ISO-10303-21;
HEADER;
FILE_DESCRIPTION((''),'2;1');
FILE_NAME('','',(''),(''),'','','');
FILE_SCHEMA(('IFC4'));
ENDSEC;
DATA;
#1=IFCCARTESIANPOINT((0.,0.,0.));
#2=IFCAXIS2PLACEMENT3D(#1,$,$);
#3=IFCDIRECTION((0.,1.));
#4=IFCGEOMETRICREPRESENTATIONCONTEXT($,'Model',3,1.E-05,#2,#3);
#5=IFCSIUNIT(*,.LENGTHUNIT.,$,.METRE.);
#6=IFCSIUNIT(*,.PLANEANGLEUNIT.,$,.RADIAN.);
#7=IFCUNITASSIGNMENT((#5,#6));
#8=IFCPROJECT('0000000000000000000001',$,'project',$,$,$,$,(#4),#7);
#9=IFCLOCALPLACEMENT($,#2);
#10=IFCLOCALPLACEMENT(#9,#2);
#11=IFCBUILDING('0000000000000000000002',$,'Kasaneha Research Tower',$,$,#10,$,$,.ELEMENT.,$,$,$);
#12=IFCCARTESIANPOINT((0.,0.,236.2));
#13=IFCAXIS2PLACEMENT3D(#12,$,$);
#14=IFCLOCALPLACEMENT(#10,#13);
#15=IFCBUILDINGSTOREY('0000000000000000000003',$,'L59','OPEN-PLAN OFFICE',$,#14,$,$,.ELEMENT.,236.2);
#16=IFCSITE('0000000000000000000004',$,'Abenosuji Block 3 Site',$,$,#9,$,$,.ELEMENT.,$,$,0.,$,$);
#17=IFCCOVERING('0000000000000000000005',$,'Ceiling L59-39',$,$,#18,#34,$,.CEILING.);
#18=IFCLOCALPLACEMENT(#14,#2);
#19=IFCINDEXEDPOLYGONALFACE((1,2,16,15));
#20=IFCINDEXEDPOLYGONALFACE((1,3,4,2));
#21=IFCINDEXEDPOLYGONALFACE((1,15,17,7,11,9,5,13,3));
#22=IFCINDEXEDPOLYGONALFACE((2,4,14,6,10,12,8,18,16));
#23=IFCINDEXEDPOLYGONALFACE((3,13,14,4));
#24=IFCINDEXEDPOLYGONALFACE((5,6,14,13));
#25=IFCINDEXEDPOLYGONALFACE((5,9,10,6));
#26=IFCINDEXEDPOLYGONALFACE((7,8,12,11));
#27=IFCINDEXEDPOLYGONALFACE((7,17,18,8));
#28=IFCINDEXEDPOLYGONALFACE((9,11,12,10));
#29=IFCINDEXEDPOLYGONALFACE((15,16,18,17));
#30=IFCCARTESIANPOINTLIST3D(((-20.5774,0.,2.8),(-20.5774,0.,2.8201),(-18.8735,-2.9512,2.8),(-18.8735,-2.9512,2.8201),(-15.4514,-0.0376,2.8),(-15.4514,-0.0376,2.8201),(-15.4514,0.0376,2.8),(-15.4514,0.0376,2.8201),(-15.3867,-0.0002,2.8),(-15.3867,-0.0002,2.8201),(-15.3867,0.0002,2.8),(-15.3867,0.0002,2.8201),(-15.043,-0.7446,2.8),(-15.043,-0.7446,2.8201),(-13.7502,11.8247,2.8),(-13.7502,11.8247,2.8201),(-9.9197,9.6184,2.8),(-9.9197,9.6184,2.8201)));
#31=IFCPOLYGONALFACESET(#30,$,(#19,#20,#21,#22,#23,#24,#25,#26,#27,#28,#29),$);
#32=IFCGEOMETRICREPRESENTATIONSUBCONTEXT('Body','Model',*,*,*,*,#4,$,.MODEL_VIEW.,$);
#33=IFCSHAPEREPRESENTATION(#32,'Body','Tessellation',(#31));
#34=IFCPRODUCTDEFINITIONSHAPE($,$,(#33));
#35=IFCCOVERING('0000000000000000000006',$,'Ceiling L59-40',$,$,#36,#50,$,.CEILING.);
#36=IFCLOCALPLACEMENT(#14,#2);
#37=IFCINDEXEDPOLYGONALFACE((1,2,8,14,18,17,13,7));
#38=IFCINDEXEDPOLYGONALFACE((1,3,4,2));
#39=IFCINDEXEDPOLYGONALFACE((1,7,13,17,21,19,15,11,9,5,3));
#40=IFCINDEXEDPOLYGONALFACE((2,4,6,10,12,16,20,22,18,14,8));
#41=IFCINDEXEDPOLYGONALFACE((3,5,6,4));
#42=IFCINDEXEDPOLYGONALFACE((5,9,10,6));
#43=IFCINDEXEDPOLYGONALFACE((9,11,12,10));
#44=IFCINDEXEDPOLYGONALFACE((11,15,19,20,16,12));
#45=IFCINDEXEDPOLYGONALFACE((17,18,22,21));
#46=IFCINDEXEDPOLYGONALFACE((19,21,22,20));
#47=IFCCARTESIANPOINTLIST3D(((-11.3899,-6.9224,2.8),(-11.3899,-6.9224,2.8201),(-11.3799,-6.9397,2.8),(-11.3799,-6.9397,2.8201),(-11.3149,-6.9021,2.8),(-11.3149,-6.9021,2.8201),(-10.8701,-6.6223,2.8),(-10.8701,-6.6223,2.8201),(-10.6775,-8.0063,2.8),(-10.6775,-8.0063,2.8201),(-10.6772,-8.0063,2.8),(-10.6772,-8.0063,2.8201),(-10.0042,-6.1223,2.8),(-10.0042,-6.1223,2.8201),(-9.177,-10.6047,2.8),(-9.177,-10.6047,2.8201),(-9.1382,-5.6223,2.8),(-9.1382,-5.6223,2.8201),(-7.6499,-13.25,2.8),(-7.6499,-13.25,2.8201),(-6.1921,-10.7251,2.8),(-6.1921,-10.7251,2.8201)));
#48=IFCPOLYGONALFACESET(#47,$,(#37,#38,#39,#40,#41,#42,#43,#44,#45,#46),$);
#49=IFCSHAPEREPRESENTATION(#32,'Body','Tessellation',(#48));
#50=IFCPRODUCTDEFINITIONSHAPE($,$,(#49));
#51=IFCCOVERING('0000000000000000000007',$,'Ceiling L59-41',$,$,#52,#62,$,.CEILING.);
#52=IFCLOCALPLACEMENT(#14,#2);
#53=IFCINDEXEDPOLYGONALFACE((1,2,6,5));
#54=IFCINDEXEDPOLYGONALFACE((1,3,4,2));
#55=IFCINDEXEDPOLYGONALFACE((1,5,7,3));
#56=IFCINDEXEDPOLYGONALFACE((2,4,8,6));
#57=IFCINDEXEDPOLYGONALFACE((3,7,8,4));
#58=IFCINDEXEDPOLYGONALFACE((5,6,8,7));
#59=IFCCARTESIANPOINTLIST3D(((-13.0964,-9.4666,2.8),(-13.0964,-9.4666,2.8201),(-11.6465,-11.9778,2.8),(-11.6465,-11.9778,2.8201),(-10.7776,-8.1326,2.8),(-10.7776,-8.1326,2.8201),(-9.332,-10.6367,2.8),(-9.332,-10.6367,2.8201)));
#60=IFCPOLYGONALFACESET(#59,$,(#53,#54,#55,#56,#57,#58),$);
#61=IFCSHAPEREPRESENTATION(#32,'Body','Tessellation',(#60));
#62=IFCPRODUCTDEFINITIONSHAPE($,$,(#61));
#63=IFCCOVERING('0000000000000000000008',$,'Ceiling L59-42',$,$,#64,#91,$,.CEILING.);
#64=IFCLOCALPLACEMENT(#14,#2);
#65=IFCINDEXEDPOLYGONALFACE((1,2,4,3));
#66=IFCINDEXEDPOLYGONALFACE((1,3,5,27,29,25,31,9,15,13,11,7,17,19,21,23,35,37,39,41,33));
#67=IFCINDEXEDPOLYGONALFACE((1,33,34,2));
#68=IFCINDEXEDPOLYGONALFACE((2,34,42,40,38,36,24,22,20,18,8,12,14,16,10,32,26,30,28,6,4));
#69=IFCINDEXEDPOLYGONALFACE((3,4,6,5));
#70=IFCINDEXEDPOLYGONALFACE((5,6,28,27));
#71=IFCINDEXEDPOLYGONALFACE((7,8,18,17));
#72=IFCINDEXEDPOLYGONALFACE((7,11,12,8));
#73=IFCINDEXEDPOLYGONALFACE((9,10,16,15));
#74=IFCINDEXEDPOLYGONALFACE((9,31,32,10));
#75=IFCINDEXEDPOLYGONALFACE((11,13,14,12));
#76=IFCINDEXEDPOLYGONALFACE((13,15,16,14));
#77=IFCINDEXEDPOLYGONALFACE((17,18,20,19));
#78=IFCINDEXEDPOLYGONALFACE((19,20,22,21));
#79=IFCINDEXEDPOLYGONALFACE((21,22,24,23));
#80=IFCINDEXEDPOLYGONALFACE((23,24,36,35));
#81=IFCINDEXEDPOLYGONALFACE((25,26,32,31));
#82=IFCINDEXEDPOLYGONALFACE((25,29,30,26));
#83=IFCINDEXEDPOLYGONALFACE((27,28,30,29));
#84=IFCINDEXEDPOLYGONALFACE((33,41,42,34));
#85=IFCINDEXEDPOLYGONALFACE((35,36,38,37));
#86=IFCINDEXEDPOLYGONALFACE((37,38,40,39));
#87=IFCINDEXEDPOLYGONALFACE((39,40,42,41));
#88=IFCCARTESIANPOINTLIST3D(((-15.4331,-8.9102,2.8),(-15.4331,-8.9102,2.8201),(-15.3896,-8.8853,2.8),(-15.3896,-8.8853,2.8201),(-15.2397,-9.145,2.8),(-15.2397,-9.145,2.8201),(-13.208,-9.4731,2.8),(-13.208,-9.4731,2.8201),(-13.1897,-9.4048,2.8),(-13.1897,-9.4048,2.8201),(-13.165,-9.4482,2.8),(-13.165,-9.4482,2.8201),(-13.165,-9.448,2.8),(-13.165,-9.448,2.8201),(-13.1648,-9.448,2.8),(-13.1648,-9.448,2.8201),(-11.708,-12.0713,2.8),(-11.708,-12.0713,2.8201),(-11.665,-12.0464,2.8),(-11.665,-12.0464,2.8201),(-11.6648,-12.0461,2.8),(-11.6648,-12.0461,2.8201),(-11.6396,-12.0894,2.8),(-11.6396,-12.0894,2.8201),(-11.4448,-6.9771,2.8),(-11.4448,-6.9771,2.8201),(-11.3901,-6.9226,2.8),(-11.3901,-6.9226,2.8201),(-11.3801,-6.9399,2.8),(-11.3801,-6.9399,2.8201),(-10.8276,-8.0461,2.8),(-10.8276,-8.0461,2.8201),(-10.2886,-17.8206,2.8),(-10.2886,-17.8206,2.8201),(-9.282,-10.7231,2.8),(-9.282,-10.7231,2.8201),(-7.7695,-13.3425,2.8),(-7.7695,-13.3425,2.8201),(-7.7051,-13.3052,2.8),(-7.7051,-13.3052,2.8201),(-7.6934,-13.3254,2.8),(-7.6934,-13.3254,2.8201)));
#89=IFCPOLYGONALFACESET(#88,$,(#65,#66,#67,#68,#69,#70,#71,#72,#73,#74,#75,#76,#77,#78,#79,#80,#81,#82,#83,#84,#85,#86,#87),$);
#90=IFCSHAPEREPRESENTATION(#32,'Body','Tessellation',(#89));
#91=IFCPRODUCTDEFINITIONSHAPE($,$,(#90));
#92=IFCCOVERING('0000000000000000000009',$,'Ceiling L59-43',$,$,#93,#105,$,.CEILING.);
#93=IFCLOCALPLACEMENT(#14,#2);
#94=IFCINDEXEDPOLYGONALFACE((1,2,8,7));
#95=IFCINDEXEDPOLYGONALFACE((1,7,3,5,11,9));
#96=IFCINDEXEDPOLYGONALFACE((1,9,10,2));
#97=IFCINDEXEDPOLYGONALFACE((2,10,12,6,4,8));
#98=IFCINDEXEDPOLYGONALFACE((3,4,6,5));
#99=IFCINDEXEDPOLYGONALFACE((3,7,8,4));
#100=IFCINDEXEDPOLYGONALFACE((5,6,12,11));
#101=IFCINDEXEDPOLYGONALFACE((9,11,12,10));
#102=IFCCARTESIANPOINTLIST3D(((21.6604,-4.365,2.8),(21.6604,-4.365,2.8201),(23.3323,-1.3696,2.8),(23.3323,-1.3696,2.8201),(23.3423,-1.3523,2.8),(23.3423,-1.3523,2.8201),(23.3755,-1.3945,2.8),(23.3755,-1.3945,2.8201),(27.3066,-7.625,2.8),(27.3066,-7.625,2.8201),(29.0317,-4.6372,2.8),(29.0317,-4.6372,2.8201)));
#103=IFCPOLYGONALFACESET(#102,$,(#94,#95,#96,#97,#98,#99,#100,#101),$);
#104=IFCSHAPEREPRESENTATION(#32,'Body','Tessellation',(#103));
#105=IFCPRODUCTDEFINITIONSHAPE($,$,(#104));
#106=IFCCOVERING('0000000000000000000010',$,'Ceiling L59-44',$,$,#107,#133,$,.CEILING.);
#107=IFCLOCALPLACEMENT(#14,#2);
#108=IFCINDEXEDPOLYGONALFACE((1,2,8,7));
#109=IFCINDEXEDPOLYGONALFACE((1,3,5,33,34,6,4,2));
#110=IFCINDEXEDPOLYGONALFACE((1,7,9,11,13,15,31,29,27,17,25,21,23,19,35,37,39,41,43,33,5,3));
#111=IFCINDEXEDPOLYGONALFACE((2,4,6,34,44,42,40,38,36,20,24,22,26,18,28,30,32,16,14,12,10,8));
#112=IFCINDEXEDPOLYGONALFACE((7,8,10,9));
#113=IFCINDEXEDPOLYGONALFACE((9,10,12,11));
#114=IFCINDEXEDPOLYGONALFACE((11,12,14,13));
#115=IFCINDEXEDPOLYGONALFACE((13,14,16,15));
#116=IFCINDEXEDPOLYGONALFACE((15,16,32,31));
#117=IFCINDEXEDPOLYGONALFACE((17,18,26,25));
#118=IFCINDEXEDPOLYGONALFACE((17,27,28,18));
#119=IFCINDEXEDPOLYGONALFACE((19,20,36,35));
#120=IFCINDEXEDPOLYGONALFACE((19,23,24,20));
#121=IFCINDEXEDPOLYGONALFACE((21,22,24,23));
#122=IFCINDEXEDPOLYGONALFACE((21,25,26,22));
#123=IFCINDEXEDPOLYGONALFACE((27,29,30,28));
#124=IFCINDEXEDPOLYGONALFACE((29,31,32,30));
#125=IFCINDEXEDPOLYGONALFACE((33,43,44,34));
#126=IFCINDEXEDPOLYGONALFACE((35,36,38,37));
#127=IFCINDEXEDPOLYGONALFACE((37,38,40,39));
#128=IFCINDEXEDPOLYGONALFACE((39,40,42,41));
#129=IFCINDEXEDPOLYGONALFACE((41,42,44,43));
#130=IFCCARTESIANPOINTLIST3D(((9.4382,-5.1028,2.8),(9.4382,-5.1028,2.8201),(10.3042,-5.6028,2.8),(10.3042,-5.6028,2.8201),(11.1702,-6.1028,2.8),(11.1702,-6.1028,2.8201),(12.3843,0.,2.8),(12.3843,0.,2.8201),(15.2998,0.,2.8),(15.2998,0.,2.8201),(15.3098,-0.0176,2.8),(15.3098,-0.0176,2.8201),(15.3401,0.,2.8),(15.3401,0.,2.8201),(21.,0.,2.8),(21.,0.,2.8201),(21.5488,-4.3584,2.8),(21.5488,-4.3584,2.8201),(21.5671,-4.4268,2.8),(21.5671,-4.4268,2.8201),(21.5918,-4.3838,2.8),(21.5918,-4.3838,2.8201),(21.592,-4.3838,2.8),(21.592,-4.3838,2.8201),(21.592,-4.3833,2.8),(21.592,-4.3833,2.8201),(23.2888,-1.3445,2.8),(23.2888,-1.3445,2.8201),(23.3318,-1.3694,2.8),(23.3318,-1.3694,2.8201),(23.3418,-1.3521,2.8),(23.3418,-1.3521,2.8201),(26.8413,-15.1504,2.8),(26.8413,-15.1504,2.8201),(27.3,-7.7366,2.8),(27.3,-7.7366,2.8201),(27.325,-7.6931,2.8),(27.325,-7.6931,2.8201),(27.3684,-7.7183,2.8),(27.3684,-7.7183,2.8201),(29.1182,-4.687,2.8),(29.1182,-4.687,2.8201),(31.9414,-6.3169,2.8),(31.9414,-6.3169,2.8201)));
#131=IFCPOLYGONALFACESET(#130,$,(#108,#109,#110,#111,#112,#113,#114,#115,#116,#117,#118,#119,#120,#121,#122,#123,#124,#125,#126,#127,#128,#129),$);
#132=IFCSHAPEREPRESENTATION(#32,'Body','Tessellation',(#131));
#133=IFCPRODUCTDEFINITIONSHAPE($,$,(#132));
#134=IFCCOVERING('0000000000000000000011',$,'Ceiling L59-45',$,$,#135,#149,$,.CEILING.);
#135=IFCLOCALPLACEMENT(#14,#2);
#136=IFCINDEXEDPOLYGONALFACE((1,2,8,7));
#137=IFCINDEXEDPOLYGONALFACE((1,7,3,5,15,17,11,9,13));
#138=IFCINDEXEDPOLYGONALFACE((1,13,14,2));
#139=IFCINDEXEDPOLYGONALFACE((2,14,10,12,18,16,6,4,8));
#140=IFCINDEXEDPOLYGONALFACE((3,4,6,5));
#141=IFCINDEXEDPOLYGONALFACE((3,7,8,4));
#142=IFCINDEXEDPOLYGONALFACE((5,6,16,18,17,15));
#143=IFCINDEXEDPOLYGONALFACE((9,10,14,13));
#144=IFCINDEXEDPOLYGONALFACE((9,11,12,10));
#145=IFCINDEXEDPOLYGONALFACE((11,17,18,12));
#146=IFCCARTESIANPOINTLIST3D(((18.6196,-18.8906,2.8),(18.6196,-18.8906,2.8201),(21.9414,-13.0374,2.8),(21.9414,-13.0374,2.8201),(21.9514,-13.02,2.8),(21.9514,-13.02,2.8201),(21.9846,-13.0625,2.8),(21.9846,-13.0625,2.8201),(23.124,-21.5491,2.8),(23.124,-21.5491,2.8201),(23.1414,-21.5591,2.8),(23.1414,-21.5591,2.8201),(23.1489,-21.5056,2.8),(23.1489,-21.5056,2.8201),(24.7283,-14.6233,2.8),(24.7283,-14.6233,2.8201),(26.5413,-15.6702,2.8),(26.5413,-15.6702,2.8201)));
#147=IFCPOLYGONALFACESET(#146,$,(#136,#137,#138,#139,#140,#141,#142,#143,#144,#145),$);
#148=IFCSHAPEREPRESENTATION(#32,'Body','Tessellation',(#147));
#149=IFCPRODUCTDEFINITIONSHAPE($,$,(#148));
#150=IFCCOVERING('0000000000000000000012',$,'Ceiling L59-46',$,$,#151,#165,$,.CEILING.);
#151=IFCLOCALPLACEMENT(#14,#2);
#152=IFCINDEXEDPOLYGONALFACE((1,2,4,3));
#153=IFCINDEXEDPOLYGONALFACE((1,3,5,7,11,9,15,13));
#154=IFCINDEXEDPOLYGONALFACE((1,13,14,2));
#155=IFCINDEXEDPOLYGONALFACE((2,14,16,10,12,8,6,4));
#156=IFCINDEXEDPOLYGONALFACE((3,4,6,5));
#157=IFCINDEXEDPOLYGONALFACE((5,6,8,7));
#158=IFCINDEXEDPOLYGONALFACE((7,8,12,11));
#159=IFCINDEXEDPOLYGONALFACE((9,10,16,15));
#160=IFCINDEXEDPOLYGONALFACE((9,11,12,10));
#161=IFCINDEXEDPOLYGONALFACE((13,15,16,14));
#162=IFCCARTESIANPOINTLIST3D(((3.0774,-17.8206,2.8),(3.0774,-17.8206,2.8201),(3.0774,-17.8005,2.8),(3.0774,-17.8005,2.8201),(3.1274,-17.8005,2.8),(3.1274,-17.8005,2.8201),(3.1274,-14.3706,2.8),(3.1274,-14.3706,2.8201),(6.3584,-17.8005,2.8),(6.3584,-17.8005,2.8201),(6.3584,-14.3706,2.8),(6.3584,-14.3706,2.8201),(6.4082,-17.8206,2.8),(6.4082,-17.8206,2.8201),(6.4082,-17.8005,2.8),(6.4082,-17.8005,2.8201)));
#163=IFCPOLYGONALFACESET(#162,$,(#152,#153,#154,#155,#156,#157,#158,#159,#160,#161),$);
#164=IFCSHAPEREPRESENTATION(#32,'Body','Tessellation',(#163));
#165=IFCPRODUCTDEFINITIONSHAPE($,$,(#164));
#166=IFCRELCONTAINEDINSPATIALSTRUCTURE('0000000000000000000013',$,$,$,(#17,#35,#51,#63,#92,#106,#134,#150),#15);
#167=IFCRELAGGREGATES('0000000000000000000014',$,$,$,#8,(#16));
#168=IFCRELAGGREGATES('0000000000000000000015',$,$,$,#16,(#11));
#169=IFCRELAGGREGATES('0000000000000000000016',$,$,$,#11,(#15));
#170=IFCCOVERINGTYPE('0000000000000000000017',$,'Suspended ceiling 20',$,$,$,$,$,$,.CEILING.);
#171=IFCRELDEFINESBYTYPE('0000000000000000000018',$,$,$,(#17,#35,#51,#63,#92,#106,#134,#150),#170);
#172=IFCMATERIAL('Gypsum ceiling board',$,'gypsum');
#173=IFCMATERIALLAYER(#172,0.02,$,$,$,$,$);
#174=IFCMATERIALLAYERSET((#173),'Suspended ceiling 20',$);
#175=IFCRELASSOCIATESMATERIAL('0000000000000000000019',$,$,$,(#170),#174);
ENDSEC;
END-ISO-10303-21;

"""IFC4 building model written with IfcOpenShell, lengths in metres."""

from ifc_helpers import new_model, si_unit, direction, frame, origin, place, context, subcontext, project, spatial, polyline, outline, extrude, material, layer, layer_set, type_object, element, save


model = new_model("IFC4")

# Units and contexts
model_context = context("Model", 3, precision=1e-05, world=origin(), true_north=direction((0.0, 1.0)))
body_context = subcontext(model_context, "Body", "Model", "MODEL_VIEW")
ifc_project = project(units=[si_unit("LENGTHUNIT", "METRE"), si_unit("PLANEANGLEUNIT", "RADIAN")], contexts=[model_context])

# Site, building, storey
site_placement = place(None, origin())
site = spatial("IfcSite", under=ifc_project, at=site_placement, Name="Abenosuji Block 3 Site", CompositionType="ELEMENT", RefElevation=0.0)
building_placement = place(site_placement, origin())
building = spatial("IfcBuilding", under=site, at=building_placement, Name="Kasaneha Research Tower", CompositionType="ELEMENT")
storey_placement = place(building_placement, frame((0.0, 0.0, 236.2)))
storey = spatial("IfcBuildingStorey", under=building, at=storey_placement, Name="L59", Description="OPEN-PLAN OFFICE", CompositionType="ELEMENT", Elevation=236.2)

# Coverings
ifc_material_1 = material(Name="Gypsum ceiling board", Category="gypsum")
ifc_layer_1 = layer(ifc_material_1, 0.02)
ifc_layer_set_1 = layer_set([ifc_layer_1], Name="Suspended ceiling 20")
covering_type_1 = type_object("IfcCoveringType", Name="Suspended ceiling 20", PredefinedType="CEILING", material=ifc_layer_set_1)
covering_1_placement = place(storey_placement, frame((0.0, 0.0, 2.8)))
element("IfcCovering", 1, at=covering_1_placement, inside=storey, type_object=covering_type_1, Name="Ceiling L59-39", PredefinedType="CEILING", context=body_context, shape_type="SweptSolid", body=[
    extrude(outline(polyline([(-15.3867, 0.0002), (-15.3867, -0.0002), (-15.4514, -0.0376), (-15.043, -0.7446), (-18.8735, -2.9512), (-20.5774, 0.0), (-13.7502, 11.8247), (-9.9197, 9.6184), (-15.4514, 0.0376), (-15.3867, 0.0002), (-15.3867, 0.0002)])), origin(), (0.0, 0.0, 1.0), 0.02),
])
covering_2_placement = place(storey_placement, frame((0.0, 0.0, 2.8)))
element("IfcCovering", 2, at=covering_2_placement, inside=storey, type_object=covering_type_1, Name="Ceiling L59-40", PredefinedType="CEILING", context=body_context, shape_type="SweptSolid", body=[
    extrude(outline(polyline([(-10.8701, -6.6223), (-10.0042, -6.1223), (-10.0042, -6.1223), (-9.1382, -5.6223), (-6.1921, -10.7251), (-7.6499, -13.25), (-9.177, -10.6047), (-9.177, -10.6047), (-10.6772, -8.0063), (-10.6775, -8.0063), (-11.3149, -6.9021), (-11.3799, -6.9397), (-11.3899, -6.9224), (-10.8701, -6.6223), (-10.8701, -6.6223)])), origin(), (0.0, 0.0, 1.0), 0.02),
])
covering_3_placement = place(storey_placement, frame((0.0, 0.0, 2.8)))
element("IfcCovering", 3, at=covering_3_placement, inside=storey, type_object=covering_type_1, Name="Ceiling L59-41", PredefinedType="CEILING", context=body_context, shape_type="SweptSolid", body=[
    extrude(outline(polyline([(-13.0964, -9.4666), (-10.7776, -8.1326), (-9.332, -10.6367), (-11.6465, -11.9778), (-13.0964, -9.4666)])), origin(), (0.0, 0.0, 1.0), 0.02),
])
covering_4_placement = place(storey_placement, frame((0.0, 0.0, 2.8)))
element("IfcCovering", 4, at=covering_4_placement, inside=storey, type_object=covering_type_1, Name="Ceiling L59-42", PredefinedType="CEILING", context=body_context, shape_type="SweptSolid", body=[
    extrude(outline(polyline([(-11.3801, -6.9399), (-11.4448, -6.9771), (-10.8276, -8.0461), (-13.1897, -9.4048), (-13.1648, -9.448), (-13.165, -9.448), (-13.165, -9.4482), (-13.208, -9.4731), (-11.708, -12.0713), (-11.665, -12.0464), (-11.665, -12.0464), (-11.6648, -12.0461), (-11.6396, -12.0894), (-9.282, -10.7231), (-7.7695, -13.3425), (-7.7051, -13.3052), (-7.6934, -13.3254), (-10.2886, -17.8206), (-15.4331, -8.9102), (-15.3896, -8.8853), (-15.2397, -9.145), (-15.2397, -9.145), (-15.2397, -9.145), (-11.3901, -6.9226), (-11.3801, -6.9399)])), origin(), (0.0, 0.0, 1.0), 0.02),
])
covering_5_placement = place(storey_placement, frame((0.0, 0.0, 2.8)))
element("IfcCovering", 5, at=covering_5_placement, inside=storey, type_object=covering_type_1, Name="Ceiling L59-43", PredefinedType="CEILING", context=body_context, shape_type="SweptSolid", body=[
    extrude(outline(polyline([(29.0317, -4.6372), (27.3066, -7.625), (21.6604, -4.365), (23.3755, -1.3945), (23.3323, -1.3696), (23.3423, -1.3523), (29.0317, -4.6372)])), origin(), (0.0, 0.0, 1.0), 0.02),
])
covering_6_placement = place(storey_placement, frame((0.0, 0.0, 2.8)))
element("IfcCovering", 6, at=covering_6_placement, inside=storey, type_object=covering_type_1, Name="Ceiling L59-44", PredefinedType="CEILING", context=body_context, shape_type="SweptSolid", body=[
    extrude(outline(polyline([(10.3042, -5.6028), (10.3042, -5.6028), (9.4382, -5.1028), (12.3843, 0.0), (15.2998, 0.0), (15.3098, -0.0176), (15.3401, 0.0), (21.0, 0.0), (23.3418, -1.3521), (23.3318, -1.3694), (23.2888, -1.3445), (21.5488, -4.3584), (21.592, -4.3833), (21.5918, -4.3838), (21.592, -4.3838), (21.5671, -4.4268), (27.3, -7.7366), (27.325, -7.6931), (27.3684, -7.7183), (29.1182, -4.687), (31.9414, -6.3169), (26.8413, -15.1504), (11.1702, -6.1028), (11.1702, -6.1028), (10.3042, -5.6028)])), origin(), (0.0, 0.0, 1.0), 0.02),
])
covering_7_placement = place(storey_placement, frame((0.0, 0.0, 2.8)))
element("IfcCovering", 7, at=covering_7_placement, inside=storey, type_object=covering_type_1, Name="Ceiling L59-45", PredefinedType="CEILING", context=body_context, shape_type="SweptSolid", body=[
    extrude(outline(polyline([(23.1414, -21.5591), (23.124, -21.5491), (23.1489, -21.5056), (18.6196, -18.8906), (21.9846, -13.0625), (21.9414, -13.0374), (21.9514, -13.02), (24.7283, -14.6233), (26.5413, -15.6702), (23.1414, -21.5591)])), origin(), (0.0, 0.0, 1.0), 0.02),
])
covering_8_placement = place(storey_placement, frame((0.0, 0.0, 2.8)))
element("IfcCovering", 8, at=covering_8_placement, inside=storey, type_object=covering_type_1, Name="Ceiling L59-46", PredefinedType="CEILING", context=body_context, shape_type="SweptSolid", body=[
    extrude(outline(polyline([(3.0774, -17.8206), (3.0774, -17.8005), (3.1274, -17.8005), (3.1274, -14.3706), (6.3584, -14.3706), (6.3584, -17.8005), (6.4082, -17.8005), (6.4082, -17.8206), (3.0774, -17.8206)])), origin(), (0.0, 0.0, 1.0), 0.02),
])

save(model, "model.ifc")
